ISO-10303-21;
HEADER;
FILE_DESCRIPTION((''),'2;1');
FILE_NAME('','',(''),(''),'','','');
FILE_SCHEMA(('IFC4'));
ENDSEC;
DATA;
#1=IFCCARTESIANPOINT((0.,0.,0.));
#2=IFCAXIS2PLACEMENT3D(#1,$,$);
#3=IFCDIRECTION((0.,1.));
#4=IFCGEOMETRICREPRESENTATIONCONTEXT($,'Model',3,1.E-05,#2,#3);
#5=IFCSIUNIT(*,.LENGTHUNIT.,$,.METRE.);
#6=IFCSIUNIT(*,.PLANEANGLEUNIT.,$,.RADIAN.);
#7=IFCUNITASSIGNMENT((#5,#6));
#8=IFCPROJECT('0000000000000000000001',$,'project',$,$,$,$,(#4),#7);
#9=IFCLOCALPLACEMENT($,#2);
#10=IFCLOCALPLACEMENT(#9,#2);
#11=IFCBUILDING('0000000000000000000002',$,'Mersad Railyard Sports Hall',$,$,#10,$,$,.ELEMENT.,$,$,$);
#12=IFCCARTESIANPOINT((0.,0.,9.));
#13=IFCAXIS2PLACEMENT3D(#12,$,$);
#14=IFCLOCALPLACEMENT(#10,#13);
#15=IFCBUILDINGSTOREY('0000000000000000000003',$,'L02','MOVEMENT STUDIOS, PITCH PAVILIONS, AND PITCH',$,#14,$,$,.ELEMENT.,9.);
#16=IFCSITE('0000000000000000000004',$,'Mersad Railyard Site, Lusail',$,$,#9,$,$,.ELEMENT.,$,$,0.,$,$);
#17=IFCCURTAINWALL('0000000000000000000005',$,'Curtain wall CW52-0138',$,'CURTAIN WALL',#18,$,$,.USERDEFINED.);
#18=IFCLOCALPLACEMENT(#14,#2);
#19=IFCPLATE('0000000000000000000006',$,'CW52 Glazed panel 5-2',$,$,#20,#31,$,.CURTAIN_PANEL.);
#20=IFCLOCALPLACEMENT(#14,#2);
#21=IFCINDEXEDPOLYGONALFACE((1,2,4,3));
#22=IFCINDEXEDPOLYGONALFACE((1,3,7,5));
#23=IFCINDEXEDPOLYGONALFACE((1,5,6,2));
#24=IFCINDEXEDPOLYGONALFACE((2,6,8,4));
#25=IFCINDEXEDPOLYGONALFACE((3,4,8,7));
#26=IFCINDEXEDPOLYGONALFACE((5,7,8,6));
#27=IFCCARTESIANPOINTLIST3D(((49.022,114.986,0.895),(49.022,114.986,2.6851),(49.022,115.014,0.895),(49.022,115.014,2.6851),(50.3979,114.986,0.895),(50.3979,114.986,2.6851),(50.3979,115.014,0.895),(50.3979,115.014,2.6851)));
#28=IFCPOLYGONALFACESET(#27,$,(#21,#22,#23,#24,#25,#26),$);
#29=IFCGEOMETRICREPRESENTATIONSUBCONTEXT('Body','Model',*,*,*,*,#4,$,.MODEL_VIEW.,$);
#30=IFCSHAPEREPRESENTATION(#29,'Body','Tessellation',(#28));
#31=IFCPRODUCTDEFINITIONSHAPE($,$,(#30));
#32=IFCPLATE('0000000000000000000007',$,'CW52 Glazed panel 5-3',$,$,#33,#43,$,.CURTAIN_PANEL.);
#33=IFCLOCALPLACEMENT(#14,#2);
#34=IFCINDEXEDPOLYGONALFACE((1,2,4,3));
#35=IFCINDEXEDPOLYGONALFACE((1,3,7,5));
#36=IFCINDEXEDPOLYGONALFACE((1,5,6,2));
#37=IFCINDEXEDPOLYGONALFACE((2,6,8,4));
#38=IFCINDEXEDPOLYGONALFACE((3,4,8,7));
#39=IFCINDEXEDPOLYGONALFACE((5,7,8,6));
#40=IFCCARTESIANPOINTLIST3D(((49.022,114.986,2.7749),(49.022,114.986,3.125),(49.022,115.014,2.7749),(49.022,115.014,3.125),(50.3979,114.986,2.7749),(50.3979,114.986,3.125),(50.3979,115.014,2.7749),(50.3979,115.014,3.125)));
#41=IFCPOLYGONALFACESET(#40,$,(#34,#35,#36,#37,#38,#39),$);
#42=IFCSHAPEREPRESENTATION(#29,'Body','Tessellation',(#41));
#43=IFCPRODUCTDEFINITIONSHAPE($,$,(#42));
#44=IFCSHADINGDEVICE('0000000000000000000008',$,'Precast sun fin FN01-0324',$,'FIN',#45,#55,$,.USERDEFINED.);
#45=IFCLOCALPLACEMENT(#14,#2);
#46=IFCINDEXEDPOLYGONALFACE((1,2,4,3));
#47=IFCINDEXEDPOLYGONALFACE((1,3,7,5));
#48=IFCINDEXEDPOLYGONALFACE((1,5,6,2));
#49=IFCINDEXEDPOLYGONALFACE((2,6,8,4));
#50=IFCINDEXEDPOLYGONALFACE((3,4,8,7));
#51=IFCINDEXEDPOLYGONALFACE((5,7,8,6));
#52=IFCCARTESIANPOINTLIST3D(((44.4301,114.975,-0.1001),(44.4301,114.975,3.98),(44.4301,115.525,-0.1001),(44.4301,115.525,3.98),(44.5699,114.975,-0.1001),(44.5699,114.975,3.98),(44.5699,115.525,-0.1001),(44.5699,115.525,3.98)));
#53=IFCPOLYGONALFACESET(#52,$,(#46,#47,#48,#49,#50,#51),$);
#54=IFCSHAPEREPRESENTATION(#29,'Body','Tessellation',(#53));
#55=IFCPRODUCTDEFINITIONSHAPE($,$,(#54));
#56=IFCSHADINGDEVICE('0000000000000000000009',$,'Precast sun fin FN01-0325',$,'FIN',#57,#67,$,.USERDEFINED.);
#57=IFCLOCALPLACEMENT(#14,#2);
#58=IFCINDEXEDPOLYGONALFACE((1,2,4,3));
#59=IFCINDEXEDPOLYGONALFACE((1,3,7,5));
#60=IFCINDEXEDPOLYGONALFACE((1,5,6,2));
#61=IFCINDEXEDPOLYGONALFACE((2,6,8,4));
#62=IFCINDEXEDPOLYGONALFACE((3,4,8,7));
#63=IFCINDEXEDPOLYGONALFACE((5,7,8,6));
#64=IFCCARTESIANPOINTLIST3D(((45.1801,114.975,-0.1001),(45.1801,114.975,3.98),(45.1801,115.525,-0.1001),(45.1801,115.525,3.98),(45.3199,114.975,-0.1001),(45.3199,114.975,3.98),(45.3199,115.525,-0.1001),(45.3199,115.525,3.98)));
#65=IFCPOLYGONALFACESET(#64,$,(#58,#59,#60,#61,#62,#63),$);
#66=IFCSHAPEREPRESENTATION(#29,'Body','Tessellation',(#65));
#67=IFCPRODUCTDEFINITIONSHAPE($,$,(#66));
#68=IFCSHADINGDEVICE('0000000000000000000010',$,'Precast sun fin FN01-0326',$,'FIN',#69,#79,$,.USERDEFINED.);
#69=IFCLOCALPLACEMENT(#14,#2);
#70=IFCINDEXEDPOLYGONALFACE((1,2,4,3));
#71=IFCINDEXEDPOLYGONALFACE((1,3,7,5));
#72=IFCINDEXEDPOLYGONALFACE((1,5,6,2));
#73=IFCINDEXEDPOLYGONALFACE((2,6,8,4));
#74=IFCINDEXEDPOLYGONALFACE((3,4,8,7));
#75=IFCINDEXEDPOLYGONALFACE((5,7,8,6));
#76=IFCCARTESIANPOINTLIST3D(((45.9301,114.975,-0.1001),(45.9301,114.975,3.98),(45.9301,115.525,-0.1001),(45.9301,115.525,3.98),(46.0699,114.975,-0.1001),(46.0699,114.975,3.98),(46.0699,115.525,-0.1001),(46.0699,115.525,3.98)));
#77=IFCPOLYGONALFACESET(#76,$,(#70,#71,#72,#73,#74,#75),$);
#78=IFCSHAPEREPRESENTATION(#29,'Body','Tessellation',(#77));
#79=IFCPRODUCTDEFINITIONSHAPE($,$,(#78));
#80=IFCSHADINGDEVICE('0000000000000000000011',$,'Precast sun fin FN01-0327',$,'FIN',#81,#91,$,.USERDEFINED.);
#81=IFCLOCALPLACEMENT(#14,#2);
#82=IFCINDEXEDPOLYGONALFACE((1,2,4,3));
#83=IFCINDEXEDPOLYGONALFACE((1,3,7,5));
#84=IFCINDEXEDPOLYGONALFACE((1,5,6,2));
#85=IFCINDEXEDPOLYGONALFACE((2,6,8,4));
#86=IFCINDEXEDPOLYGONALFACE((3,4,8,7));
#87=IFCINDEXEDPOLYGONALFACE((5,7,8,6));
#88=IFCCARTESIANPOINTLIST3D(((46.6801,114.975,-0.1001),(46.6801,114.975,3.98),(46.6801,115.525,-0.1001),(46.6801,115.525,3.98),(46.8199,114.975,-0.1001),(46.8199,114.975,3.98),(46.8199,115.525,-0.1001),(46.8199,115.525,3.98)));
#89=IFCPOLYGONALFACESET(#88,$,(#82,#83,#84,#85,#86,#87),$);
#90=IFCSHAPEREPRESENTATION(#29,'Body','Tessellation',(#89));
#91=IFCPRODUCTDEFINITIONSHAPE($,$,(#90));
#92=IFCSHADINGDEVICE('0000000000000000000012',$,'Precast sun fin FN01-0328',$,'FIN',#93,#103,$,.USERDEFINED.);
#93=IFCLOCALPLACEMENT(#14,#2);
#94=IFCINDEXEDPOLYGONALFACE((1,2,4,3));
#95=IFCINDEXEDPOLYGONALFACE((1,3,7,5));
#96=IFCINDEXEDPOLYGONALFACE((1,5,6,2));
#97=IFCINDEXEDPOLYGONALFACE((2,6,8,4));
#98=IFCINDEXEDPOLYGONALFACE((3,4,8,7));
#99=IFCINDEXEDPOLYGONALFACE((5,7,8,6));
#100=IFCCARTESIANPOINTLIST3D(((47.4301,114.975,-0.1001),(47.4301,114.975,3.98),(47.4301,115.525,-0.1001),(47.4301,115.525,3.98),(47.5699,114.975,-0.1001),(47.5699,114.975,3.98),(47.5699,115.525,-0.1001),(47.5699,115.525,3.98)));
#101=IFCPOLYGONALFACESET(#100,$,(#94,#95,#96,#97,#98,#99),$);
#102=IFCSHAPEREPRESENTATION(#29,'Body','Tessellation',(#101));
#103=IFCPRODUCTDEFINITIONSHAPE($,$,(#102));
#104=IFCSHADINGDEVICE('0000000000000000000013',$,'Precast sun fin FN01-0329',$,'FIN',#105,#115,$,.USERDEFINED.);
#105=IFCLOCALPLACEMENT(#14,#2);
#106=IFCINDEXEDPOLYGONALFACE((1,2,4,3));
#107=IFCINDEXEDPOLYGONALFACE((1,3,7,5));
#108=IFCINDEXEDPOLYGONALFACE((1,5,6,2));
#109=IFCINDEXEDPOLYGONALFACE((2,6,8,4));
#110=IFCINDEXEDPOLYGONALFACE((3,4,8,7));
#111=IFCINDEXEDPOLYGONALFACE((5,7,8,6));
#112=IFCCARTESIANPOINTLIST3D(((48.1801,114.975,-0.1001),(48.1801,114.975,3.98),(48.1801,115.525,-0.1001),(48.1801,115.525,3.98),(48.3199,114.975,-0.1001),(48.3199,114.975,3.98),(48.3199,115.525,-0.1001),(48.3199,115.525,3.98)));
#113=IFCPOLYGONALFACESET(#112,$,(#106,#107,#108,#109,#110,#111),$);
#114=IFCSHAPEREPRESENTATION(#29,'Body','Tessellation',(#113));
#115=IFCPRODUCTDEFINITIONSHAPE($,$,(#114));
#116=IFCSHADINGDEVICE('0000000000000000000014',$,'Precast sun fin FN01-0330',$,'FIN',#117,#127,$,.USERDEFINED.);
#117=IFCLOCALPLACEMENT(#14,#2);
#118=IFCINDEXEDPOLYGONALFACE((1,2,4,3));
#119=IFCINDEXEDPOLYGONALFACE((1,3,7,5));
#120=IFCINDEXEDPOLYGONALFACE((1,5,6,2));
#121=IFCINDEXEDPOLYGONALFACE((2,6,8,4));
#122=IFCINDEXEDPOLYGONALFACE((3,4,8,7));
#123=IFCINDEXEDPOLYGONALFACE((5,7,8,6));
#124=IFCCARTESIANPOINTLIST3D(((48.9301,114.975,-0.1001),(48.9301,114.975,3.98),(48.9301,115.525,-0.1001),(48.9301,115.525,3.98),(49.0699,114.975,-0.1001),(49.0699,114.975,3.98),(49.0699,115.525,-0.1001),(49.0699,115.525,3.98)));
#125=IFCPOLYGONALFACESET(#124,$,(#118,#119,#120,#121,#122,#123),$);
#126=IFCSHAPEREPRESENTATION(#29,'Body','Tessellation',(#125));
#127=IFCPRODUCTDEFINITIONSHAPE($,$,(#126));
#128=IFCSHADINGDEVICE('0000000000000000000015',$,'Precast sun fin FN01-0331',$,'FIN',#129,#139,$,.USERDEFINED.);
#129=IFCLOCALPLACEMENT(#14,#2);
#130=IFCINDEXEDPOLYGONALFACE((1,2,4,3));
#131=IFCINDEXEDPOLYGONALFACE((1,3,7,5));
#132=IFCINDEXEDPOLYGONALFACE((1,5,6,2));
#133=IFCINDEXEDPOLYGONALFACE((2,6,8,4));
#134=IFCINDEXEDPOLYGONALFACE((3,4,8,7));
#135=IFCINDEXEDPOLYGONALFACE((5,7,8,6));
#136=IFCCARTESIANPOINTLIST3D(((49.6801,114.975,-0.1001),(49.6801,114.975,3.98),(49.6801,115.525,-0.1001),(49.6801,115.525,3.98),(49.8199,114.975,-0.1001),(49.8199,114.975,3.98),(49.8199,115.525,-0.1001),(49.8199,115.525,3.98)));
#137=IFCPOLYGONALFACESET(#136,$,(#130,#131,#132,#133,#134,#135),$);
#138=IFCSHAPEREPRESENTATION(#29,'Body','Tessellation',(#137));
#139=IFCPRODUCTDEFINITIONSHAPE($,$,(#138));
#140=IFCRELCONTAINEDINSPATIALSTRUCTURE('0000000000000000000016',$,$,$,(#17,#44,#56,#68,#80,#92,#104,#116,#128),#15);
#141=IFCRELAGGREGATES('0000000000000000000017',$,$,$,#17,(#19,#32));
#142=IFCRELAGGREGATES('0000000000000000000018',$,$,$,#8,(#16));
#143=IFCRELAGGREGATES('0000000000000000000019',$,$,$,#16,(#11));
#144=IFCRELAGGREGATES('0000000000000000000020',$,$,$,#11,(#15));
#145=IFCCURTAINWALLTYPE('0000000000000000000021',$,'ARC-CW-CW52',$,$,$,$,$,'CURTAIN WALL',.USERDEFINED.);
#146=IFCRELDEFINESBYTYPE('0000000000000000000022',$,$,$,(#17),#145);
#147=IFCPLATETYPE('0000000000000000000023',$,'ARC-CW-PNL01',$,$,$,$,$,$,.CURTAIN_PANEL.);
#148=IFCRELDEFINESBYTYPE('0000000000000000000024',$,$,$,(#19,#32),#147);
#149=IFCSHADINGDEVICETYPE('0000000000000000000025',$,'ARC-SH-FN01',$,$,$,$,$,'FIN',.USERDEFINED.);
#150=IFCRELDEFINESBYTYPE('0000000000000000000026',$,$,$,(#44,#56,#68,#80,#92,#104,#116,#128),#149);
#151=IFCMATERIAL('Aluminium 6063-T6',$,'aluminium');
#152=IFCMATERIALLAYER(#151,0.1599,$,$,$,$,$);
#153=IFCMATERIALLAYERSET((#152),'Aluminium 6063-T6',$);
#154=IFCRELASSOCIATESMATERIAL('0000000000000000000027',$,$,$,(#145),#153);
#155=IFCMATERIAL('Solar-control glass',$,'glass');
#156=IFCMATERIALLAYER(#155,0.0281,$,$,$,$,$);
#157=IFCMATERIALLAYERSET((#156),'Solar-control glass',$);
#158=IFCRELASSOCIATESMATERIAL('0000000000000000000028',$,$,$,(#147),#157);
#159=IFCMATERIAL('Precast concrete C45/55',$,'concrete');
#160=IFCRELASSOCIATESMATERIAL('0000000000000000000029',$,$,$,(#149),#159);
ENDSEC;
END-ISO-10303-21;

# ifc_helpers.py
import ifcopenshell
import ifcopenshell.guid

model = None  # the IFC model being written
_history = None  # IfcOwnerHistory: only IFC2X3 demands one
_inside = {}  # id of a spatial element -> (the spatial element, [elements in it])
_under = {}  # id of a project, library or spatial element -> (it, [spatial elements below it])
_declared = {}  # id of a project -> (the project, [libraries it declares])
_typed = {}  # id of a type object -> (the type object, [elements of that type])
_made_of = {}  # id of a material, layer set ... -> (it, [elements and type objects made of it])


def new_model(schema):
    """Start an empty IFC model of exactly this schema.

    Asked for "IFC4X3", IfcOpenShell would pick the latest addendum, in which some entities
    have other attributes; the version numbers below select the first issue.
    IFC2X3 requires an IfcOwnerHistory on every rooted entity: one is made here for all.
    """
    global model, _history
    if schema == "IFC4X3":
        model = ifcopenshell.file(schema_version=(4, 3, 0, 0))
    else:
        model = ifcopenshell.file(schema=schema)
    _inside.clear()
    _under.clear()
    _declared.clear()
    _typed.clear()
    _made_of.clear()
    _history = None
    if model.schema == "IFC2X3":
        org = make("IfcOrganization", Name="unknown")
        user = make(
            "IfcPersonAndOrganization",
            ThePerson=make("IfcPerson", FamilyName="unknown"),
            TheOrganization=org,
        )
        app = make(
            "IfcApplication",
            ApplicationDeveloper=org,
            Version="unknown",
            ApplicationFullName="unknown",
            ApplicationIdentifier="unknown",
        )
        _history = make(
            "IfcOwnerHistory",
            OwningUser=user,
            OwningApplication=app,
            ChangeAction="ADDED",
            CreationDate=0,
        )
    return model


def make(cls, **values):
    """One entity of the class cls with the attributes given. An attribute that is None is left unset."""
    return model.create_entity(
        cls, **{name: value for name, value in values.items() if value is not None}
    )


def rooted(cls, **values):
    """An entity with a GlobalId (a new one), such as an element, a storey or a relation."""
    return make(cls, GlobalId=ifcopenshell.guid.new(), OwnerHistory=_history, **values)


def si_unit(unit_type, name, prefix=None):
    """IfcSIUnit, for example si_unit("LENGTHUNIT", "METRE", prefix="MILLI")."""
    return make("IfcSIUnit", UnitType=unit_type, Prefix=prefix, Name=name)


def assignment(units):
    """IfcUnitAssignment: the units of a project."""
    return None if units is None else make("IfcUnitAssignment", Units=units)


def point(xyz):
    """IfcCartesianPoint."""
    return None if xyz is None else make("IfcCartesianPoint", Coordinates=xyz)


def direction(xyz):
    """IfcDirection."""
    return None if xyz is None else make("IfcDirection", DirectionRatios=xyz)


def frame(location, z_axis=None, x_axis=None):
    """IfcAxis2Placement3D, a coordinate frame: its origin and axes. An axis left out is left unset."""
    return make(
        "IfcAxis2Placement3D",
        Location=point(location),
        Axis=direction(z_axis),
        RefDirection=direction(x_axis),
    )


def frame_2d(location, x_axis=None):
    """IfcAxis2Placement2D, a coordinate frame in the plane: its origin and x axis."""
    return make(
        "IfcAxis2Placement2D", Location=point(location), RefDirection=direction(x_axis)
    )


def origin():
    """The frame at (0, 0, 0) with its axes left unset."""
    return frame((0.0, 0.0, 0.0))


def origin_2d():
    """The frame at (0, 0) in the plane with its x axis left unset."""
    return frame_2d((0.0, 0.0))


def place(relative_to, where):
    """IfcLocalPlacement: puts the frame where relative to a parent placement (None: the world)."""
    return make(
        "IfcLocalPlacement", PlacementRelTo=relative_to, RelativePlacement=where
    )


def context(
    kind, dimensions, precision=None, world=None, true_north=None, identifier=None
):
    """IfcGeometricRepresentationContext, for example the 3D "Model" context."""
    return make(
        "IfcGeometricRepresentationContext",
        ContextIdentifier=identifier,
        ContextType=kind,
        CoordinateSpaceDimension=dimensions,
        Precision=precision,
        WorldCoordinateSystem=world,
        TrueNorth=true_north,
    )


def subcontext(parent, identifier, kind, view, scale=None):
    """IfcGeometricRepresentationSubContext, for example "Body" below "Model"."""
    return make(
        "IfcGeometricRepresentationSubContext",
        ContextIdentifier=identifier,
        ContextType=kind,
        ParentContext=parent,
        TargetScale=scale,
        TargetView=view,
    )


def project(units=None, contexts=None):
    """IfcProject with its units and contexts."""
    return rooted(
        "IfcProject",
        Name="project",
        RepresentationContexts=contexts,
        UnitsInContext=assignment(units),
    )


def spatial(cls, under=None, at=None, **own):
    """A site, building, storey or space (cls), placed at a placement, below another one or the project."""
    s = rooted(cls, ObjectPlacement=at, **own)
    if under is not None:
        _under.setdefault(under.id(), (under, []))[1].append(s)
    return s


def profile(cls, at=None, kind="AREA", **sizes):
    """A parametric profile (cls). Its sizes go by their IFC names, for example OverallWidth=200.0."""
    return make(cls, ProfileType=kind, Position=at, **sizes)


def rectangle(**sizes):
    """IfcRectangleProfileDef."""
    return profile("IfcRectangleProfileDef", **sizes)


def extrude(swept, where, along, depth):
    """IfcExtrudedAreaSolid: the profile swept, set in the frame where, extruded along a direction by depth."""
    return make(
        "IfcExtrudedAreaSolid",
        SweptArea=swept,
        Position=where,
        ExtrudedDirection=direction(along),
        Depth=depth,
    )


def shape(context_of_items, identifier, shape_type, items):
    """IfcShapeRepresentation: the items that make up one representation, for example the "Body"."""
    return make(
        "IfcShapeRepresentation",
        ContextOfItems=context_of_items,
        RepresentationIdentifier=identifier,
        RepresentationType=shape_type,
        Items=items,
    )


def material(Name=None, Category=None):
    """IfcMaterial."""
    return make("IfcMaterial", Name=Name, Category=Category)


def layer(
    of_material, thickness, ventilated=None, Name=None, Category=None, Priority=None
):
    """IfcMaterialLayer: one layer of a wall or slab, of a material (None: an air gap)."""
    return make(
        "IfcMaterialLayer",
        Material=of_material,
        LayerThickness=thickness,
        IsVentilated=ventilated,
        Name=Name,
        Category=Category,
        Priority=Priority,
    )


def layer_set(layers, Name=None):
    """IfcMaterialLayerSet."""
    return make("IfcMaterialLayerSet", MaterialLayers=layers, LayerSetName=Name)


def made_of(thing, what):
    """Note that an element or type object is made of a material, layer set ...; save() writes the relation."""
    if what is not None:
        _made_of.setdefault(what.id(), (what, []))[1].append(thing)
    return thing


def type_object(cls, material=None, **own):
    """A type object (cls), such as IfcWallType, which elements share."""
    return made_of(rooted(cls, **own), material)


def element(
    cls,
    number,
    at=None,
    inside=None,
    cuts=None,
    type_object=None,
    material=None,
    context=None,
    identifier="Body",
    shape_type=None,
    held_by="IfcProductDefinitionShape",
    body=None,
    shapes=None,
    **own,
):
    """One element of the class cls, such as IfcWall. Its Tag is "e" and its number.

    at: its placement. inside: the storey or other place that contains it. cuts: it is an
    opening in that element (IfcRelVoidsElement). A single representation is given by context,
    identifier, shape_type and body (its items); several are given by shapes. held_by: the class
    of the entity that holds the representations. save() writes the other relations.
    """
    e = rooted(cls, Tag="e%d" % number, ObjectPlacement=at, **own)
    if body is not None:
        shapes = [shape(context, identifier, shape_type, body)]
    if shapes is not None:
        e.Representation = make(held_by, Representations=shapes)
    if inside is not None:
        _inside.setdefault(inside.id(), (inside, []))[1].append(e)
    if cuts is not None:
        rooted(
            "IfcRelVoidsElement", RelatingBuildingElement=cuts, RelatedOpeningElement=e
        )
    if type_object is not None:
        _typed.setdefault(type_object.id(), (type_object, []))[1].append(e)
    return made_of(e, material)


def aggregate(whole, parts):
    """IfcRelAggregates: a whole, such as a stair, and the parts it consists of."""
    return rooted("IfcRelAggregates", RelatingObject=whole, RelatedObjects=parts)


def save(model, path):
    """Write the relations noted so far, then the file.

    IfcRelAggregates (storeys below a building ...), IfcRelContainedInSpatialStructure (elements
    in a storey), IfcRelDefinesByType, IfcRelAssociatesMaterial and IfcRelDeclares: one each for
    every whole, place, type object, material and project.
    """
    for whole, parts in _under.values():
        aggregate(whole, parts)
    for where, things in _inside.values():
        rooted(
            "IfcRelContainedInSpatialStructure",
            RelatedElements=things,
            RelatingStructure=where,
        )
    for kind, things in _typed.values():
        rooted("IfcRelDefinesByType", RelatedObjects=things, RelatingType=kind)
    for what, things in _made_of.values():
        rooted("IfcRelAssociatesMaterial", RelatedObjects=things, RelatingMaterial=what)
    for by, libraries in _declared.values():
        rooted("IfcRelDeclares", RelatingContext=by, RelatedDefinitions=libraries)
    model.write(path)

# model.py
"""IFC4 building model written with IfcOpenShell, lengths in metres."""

from ifc_helpers import new_model, si_unit, direction, frame, origin, origin_2d, place, context, subcontext, project, spatial, rectangle, extrude, material, layer, layer_set, type_object, element, aggregate, save


model = new_model("IFC4")

# Units and contexts
model_context = context("Model", 3, precision=1e-05, world=origin(), true_north=direction((0.0, 1.0)))
body_context = subcontext(model_context, "Body", "Model", "MODEL_VIEW")
ifc_project = project(units=[si_unit("LENGTHUNIT", "METRE"), si_unit("PLANEANGLEUNIT", "RADIAN")], contexts=[model_context])

# Site, building, storey
site_placement = place(None, origin())
site = spatial("IfcSite", under=ifc_project, at=site_placement, Name="Mersad Railyard Site, Lusail", CompositionType="ELEMENT", RefElevation=0.0)
building_placement = place(site_placement, origin())
building = spatial("IfcBuilding", under=site, at=building_placement, Name="Mersad Railyard Sports Hall", CompositionType="ELEMENT")
storey_placement = place(building_placement, frame((0.0, 0.0, 9.0)))
storey = spatial("IfcBuildingStorey", under=building, at=storey_placement, Name="L02", Description="MOVEMENT STUDIOS, PITCH PAVILIONS, AND PITCH", CompositionType="ELEMENT", Elevation=9.0)

# Curtain wall, plates
ifc_material_1 = material(Name="Aluminium 6063-T6", Category="aluminium")
ifc_layer_1 = layer(ifc_material_1, 0.1599)
ifc_layer_set_1 = layer_set([ifc_layer_1], Name="Aluminium 6063-T6")
curtain_wall_type = type_object("IfcCurtainWallType", Name="ARC-CW-CW52", ElementType="CURTAIN WALL", PredefinedType="USERDEFINED", material=ifc_layer_set_1)
curtain_wall_placement = place(storey_placement, origin())
curtain_wall = element("IfcCurtainWall", 1, at=curtain_wall_placement, inside=storey, type_object=curtain_wall_type, Name="Curtain wall CW52-0138", ObjectType="CURTAIN WALL", PredefinedType="USERDEFINED")
ifc_material_2 = material(Name="Solar-control glass", Category="glass")
ifc_layer_2 = layer(ifc_material_2, 0.0281)
ifc_layer_set_2 = layer_set([ifc_layer_2], Name="Solar-control glass")
plate_type = type_object("IfcPlateType", Name="ARC-CW-PNL01", PredefinedType="CURTAIN_PANEL", material=ifc_layer_set_2)
plate_1_placement = place(storey_placement, frame((49.71, 115.0, 0.895), z_axis=(0.0, 0.0, 1.0), x_axis=(1.0, 0.0, 0.0)))
plate_1 = element("IfcPlate", 2, at=plate_1_placement, type_object=plate_type, Name="CW52 Glazed panel 5-2", PredefinedType="CURTAIN_PANEL", context=body_context, shape_type="SweptSolid", body=[
    extrude(rectangle(XDim=1.376, YDim=0.0281, at=origin_2d()), origin(), (0.0, 0.0, 1.0), 1.79),
])
plate_2_placement = place(storey_placement, frame((49.71, 115.0, 2.7749), z_axis=(0.0, 0.0, 1.0), x_axis=(1.0, 0.0, 0.0)))
plate_2 = element("IfcPlate", 3, at=plate_2_placement, type_object=plate_type, Name="CW52 Glazed panel 5-3", PredefinedType="CURTAIN_PANEL", context=body_context, shape_type="SweptSolid", body=[
    extrude(rectangle(XDim=1.376, YDim=0.0281, at=origin_2d()), origin(), (0.0, 0.0, 1.0), 0.3501),
])
aggregate(curtain_wall, [plate_1, plate_2])

# Shading devices
ifc_material_3 = material(Name="Precast concrete C45/55", Category="concrete")
shading_device_type = type_object("IfcShadingDeviceType", Name="ARC-SH-FN01", ElementType="FIN", PredefinedType="USERDEFINED", material=ifc_material_3)
for number, where, z_axis, x_axis, name in (
    (4, (44.5, 115.25, -0.1001), (0.0, 0.0, 1.0), (1.0, 0.0, 0.0), "Precast sun fin FN01-0324"),
    (5, (45.25, 115.25, -0.1001), (0.0, 0.0, 1.0), (1.0, 0.0, 0.0), "Precast sun fin FN01-0325"),
    (6, (46.0, 115.25, -0.1001), (0.0, 0.0, 1.0), (1.0, 0.0, 0.0), "Precast sun fin FN01-0326"),
    (7, (46.75, 115.25, -0.1001), (0.0, 0.0, 1.0), (1.0, 0.0, 0.0), "Precast sun fin FN01-0327"),
    (8, (47.5, 115.25, -0.1001), (0.0, 0.0, 1.0), (1.0, 0.0, 0.0), "Precast sun fin FN01-0328"),
    (9, (48.25, 115.25, -0.1001), (0.0, 0.0, 1.0), (1.0, 0.0, 0.0), "Precast sun fin FN01-0329"),
    (10, (49.0, 115.25, -0.1001), (0.0, 0.0, 1.0), (1.0, 0.0, 0.0), "Precast sun fin FN01-0330"),
    (11, (49.75, 115.25, -0.1001), (0.0, 0.0, 1.0), (1.0, 0.0, 0.0), "Precast sun fin FN01-0331"),
):
    element("IfcShadingDevice", number, at=place(storey_placement, frame(where, z_axis=z_axis, x_axis=x_axis)), inside=storey, type_object=shading_device_type, Name=name, ObjectType="FIN", PredefinedType="USERDEFINED", context=body_context, shape_type="SweptSolid", body=[
        extrude(rectangle(XDim=0.1399, YDim=0.55, at=origin_2d()), origin(), (0.0, 0.0, 1.0), 4.0801),
    ])

save(model, "model.ifc")
